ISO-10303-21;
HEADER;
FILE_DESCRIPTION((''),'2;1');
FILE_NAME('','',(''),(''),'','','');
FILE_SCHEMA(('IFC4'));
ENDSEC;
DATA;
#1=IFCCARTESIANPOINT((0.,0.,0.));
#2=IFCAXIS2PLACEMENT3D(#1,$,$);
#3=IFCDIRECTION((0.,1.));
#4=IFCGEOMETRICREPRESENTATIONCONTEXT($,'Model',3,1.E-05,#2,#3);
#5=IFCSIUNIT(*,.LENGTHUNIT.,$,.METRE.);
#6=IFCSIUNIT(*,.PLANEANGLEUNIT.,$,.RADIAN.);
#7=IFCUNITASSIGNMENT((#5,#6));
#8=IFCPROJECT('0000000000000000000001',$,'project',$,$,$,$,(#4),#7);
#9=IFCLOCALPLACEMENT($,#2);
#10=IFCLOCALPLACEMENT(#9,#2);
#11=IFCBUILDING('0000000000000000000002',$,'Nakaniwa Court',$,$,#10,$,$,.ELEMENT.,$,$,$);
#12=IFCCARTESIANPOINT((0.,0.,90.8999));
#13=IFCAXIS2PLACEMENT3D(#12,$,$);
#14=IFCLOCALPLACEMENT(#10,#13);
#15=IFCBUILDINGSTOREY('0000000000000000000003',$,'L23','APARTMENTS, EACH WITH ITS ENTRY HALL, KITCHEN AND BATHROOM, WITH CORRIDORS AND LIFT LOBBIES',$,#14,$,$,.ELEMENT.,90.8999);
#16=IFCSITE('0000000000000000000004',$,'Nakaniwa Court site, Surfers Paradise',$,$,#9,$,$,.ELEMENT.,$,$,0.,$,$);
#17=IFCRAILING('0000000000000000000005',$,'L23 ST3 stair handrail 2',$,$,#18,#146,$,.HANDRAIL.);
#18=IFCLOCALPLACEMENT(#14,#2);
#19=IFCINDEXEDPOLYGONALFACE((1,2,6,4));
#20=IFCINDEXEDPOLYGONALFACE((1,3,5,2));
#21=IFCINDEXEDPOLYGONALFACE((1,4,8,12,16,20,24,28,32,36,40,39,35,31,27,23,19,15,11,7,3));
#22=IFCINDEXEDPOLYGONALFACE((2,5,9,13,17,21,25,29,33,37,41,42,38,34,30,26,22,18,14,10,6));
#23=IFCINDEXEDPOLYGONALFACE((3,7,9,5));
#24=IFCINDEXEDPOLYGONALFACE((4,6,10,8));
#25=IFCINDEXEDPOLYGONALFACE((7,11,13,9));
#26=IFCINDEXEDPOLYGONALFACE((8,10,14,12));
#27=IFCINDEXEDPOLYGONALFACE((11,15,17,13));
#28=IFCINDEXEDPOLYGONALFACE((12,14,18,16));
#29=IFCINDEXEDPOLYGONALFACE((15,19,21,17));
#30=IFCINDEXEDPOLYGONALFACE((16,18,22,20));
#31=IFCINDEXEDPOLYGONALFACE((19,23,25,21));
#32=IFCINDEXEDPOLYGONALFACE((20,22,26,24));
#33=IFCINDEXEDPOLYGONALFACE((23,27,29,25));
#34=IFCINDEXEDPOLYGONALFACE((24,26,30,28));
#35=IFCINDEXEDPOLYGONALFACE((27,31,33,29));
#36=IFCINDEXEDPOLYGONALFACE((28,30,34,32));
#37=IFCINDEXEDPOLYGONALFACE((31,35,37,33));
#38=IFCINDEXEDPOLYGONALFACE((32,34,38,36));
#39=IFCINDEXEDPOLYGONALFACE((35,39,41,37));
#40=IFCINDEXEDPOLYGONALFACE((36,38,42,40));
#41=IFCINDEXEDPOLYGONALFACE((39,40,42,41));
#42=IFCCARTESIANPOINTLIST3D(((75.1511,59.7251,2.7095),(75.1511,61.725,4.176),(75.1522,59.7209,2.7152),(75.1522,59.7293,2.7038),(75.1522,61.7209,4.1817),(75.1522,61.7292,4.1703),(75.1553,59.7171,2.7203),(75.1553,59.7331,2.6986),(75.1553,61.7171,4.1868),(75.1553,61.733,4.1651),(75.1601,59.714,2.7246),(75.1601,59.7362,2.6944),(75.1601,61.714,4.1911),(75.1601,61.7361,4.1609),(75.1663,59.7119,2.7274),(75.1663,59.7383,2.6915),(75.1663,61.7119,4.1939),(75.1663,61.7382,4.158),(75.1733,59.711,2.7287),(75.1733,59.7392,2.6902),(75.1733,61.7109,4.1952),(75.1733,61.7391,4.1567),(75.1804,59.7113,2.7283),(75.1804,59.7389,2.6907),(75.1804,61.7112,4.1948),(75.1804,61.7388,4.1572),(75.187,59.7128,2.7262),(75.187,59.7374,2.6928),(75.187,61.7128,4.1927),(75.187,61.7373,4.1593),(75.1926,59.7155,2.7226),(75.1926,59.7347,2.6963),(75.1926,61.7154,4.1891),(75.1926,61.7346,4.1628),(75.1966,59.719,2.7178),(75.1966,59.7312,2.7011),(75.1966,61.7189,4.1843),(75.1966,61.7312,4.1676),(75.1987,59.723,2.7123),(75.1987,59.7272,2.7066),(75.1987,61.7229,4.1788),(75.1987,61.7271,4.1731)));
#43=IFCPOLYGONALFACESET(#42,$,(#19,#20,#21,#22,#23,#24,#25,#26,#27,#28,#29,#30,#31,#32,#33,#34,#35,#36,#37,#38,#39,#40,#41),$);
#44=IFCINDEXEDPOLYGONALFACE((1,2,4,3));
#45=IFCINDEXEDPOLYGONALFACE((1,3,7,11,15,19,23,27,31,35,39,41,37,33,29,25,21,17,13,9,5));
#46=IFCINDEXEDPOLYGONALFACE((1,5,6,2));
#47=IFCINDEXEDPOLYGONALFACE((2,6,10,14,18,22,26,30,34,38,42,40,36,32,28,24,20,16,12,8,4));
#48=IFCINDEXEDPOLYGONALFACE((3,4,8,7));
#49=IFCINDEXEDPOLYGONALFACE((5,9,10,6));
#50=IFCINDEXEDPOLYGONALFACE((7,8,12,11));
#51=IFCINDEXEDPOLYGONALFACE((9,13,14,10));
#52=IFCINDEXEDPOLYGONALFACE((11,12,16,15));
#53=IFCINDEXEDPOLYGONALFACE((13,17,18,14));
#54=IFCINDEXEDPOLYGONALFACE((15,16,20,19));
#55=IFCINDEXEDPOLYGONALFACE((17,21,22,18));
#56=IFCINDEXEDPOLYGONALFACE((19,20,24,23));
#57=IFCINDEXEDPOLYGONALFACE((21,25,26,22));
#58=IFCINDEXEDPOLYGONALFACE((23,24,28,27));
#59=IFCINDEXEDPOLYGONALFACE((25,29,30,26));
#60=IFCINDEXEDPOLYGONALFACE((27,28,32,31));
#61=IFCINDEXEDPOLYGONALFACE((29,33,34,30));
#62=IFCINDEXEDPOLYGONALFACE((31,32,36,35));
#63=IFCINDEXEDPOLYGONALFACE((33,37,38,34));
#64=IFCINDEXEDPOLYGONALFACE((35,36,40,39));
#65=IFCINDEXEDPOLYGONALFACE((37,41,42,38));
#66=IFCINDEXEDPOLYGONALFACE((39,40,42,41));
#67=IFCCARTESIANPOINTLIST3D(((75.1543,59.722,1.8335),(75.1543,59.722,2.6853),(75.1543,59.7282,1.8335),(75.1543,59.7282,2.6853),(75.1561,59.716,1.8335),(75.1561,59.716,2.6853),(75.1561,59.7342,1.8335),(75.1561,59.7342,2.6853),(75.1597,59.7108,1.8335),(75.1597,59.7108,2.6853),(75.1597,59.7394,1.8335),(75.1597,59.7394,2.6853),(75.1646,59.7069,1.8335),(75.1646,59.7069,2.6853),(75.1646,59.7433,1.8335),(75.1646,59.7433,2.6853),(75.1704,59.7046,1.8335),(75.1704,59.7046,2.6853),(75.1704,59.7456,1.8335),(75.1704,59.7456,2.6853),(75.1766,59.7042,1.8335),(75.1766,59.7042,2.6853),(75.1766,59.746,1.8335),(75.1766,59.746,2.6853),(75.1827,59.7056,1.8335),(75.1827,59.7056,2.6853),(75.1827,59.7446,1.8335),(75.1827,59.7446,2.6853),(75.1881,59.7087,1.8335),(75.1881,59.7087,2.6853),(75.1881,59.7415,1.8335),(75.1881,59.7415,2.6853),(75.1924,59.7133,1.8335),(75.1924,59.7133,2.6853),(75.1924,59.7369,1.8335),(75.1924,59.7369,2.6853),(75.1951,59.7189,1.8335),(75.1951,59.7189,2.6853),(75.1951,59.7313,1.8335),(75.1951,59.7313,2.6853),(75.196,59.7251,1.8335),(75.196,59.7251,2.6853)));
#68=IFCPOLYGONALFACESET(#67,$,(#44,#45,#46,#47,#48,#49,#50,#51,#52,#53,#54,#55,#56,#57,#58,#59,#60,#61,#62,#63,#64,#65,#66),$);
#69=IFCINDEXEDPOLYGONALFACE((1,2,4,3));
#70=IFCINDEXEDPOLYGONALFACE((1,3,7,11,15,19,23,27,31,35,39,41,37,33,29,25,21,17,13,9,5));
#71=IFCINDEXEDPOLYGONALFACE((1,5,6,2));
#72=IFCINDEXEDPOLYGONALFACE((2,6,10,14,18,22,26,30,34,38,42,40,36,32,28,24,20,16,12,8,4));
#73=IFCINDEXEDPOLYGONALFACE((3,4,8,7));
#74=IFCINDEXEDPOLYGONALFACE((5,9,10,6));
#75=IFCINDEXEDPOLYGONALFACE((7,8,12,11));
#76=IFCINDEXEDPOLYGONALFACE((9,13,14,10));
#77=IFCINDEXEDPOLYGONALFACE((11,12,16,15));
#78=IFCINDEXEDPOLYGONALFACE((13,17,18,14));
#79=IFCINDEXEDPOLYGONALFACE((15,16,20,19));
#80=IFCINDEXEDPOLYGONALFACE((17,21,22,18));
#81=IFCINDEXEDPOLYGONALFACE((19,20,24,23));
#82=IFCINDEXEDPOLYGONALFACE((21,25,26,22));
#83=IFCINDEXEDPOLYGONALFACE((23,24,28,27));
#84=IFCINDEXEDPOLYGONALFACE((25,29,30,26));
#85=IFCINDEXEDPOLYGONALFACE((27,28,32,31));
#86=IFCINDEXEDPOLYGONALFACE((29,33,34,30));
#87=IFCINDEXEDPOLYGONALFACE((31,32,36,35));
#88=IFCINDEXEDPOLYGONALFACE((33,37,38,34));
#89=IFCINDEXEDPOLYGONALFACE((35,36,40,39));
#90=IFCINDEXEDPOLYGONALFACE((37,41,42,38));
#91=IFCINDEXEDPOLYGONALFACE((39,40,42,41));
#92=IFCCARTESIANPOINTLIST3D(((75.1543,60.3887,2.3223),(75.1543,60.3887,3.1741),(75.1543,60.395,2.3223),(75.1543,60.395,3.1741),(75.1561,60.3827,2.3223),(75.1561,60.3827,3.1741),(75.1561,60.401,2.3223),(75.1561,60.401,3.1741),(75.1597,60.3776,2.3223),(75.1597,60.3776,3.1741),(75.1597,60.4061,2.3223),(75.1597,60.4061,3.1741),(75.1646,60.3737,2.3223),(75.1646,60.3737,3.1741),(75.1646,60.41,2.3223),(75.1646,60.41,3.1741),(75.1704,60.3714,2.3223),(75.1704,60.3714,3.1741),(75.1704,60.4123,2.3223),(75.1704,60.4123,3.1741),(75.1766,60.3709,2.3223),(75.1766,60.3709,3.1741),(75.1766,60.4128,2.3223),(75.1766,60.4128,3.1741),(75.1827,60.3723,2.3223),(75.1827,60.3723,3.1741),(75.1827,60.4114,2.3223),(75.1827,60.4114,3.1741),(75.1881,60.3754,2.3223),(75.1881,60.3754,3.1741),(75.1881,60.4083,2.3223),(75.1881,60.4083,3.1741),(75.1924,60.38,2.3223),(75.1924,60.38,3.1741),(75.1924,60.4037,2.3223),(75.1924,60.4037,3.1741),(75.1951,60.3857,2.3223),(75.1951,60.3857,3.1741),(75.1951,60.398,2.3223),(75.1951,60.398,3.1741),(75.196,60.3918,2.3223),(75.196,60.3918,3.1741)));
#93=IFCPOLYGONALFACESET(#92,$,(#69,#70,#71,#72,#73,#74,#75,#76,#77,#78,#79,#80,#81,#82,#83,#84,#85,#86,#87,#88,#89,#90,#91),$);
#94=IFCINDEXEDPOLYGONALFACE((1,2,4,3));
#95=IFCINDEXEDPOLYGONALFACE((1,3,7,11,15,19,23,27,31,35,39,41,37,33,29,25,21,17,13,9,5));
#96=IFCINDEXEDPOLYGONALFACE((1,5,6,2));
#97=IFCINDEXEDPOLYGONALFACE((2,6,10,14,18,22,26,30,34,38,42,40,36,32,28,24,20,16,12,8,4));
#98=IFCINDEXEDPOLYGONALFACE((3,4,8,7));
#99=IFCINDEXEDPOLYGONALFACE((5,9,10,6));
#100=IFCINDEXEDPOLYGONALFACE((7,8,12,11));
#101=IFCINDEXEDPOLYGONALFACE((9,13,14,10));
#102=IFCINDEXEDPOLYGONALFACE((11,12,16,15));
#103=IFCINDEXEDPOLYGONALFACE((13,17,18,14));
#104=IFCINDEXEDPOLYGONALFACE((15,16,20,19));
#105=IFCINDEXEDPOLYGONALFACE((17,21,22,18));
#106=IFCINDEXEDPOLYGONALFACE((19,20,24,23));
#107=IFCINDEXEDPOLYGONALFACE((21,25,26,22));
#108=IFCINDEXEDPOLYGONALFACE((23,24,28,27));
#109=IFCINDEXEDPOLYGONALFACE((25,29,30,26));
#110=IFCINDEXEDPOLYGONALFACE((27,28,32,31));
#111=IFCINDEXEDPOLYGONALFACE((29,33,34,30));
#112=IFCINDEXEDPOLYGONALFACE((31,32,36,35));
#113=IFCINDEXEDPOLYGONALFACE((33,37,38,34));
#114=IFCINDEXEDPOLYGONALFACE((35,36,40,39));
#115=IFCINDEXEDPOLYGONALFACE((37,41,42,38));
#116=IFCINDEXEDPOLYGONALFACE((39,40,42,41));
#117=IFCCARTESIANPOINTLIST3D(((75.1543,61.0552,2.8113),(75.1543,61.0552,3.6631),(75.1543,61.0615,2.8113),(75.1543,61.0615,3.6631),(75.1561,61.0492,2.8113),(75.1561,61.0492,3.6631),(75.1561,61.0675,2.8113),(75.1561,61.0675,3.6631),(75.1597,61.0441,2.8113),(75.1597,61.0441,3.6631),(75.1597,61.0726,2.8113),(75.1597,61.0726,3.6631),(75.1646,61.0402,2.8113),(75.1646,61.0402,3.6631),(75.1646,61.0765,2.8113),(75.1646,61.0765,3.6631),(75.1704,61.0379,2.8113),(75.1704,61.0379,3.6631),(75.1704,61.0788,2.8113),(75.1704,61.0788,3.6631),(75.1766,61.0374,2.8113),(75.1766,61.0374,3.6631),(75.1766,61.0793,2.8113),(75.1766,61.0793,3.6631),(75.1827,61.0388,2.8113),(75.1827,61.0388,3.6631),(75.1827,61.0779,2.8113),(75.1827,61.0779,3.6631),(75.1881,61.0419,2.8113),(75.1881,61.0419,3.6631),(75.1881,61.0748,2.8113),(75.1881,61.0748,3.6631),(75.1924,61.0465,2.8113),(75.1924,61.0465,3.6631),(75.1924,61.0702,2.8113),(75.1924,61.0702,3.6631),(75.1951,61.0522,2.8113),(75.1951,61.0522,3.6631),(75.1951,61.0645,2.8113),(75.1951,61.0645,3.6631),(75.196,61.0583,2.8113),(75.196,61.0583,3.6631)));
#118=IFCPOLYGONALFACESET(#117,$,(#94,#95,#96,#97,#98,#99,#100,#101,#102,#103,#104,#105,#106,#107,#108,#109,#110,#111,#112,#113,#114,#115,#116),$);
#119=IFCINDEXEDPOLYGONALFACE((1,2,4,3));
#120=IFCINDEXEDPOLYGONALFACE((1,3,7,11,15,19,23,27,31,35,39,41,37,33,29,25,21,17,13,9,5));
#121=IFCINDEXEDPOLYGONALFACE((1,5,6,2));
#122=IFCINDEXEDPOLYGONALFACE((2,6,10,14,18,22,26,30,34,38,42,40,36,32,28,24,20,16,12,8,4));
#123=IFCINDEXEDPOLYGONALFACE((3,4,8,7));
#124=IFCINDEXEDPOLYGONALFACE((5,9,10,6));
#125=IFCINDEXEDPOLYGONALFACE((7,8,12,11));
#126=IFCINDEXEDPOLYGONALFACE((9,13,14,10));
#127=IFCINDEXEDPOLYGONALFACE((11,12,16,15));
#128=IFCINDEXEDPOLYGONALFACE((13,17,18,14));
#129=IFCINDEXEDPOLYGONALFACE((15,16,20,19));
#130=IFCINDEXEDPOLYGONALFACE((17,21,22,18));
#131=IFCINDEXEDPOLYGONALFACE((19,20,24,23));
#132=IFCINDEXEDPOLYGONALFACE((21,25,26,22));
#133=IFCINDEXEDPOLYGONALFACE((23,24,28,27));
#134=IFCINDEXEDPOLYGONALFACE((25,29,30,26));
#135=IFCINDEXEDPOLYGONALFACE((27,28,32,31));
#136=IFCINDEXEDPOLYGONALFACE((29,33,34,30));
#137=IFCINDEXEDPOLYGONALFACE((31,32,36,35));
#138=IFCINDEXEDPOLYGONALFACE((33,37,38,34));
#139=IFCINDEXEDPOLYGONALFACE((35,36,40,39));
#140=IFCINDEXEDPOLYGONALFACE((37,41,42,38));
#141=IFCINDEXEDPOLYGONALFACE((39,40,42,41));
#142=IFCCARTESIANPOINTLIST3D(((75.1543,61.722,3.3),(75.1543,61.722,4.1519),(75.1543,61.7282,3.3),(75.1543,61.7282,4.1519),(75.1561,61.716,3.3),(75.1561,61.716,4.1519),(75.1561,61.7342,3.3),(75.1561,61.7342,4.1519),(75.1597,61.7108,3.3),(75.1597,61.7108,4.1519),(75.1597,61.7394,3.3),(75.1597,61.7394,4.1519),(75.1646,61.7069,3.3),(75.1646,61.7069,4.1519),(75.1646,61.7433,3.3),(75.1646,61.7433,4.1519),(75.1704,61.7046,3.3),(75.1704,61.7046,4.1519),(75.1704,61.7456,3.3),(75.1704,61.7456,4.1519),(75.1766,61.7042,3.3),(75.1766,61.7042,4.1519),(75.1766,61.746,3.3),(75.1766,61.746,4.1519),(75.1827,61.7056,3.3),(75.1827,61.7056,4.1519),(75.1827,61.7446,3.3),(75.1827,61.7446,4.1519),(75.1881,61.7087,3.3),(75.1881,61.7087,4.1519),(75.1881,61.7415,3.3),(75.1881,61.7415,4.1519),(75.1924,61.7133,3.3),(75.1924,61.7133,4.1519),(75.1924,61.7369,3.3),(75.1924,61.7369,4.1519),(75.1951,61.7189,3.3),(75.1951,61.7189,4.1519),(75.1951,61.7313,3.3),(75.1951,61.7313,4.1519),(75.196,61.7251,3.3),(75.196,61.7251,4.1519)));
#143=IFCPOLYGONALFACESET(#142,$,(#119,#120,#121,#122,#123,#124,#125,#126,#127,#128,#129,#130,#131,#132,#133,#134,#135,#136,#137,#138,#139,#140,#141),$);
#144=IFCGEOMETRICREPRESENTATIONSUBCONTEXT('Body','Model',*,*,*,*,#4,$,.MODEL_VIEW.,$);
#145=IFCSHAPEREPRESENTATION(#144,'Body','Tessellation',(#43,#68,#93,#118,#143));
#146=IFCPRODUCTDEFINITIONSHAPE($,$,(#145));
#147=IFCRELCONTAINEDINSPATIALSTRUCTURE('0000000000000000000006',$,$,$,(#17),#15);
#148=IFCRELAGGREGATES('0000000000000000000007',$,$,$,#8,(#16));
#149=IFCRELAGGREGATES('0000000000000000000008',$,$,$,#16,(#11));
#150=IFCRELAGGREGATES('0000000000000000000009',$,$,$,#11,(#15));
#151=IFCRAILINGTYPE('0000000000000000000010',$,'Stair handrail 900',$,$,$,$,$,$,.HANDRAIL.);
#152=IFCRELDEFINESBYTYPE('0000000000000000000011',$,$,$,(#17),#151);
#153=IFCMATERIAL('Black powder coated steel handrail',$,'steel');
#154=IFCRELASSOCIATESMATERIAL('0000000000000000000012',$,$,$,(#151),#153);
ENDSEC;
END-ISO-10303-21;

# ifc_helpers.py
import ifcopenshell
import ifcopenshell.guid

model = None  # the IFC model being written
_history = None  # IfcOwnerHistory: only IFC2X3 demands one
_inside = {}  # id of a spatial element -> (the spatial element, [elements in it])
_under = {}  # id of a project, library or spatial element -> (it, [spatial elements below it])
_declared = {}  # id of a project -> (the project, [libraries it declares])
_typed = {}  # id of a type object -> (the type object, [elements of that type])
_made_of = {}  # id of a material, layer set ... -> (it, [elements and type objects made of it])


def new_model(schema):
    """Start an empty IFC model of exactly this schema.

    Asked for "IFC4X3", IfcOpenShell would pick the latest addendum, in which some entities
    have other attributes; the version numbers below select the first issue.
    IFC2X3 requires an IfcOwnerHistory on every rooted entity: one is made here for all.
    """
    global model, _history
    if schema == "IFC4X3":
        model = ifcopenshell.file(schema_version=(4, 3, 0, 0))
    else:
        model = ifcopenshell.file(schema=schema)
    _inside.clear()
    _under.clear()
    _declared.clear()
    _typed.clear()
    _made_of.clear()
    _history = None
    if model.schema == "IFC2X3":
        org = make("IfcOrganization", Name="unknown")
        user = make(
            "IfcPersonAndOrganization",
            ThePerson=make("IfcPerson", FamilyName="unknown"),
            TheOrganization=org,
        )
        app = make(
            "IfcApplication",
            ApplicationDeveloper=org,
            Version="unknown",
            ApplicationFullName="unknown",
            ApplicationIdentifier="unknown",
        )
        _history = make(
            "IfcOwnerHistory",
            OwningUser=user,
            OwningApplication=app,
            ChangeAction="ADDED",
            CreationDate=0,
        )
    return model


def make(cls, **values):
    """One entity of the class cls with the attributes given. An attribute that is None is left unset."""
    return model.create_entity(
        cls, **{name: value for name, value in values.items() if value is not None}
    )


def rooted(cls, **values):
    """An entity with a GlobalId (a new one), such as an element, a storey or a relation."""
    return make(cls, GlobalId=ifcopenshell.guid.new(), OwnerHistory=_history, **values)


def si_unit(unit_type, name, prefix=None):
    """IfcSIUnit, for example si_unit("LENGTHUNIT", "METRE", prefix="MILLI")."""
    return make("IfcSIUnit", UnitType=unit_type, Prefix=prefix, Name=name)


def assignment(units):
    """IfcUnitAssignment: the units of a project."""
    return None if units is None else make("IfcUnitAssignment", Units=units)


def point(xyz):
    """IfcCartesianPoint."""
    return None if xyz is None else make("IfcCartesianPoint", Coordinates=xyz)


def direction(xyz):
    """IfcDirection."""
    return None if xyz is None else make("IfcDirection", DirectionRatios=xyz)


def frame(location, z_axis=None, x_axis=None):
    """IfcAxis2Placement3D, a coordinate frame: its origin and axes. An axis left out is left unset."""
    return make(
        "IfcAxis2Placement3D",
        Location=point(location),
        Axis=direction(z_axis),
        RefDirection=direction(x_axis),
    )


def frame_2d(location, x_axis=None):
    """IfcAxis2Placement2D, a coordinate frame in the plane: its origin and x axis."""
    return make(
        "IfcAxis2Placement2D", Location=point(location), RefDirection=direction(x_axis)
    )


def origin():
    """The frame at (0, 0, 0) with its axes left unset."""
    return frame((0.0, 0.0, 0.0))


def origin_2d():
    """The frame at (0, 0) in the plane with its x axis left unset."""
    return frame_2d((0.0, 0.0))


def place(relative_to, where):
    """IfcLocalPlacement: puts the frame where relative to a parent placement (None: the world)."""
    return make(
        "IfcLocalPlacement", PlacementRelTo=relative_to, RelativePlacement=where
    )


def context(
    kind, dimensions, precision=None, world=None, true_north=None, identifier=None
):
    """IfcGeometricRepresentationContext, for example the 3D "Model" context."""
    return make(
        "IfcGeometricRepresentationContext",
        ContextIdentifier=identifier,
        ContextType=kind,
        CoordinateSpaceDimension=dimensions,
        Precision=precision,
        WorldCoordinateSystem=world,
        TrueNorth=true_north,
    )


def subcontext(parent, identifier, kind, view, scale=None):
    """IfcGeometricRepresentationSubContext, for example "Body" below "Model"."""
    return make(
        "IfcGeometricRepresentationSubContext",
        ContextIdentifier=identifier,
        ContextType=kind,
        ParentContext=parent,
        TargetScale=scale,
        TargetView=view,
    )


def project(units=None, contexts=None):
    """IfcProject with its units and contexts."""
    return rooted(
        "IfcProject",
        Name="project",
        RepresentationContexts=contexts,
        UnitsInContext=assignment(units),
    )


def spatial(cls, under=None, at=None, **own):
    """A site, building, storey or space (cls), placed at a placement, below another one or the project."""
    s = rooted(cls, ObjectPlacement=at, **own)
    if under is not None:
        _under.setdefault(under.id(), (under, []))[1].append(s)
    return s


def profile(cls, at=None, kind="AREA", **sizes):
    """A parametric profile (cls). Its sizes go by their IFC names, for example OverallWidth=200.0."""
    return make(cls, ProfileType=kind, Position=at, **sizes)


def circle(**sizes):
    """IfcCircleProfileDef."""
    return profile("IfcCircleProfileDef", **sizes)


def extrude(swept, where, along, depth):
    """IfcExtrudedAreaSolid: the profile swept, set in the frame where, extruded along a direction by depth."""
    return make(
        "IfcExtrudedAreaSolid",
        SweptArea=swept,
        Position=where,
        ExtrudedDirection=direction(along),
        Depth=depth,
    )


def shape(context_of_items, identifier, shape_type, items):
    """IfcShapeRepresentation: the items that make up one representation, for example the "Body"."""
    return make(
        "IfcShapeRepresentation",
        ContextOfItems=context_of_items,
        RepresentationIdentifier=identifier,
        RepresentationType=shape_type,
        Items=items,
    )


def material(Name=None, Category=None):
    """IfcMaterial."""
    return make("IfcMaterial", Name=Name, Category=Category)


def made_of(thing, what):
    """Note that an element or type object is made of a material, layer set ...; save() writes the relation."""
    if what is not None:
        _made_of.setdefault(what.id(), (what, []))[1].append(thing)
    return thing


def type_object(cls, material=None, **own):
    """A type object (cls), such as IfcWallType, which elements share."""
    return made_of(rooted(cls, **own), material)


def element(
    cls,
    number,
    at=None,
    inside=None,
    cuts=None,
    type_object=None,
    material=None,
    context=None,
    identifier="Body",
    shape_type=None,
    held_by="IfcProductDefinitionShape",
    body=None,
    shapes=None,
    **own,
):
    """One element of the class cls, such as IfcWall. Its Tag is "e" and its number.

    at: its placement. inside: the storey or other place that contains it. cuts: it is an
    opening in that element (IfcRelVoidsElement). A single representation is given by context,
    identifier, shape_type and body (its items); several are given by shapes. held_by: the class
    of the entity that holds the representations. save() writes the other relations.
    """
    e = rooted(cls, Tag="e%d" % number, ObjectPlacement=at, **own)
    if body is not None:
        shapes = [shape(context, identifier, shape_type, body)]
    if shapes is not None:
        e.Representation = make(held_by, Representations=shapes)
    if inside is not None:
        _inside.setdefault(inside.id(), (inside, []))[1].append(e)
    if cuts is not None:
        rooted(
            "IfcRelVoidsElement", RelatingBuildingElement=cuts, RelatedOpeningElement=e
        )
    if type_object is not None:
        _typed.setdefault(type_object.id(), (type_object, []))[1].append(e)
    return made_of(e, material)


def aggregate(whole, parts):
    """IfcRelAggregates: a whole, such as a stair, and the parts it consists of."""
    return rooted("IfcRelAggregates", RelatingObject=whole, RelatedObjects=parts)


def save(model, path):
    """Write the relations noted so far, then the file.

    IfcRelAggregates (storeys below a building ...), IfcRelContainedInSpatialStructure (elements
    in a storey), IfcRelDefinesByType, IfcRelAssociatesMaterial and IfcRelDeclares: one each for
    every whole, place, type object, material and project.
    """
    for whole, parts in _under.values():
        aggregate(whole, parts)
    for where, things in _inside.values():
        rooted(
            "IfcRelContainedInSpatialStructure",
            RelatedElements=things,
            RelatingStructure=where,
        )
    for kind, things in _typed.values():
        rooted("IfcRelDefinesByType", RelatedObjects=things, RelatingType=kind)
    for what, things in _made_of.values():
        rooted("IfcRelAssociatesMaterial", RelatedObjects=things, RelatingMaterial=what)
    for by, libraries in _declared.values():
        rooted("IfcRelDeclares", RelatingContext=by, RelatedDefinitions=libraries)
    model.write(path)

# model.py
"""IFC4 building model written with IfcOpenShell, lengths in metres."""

from ifc_helpers import new_model, si_unit, direction, frame, origin, origin_2d, place, context, subcontext, project, spatial, circle, extrude, material, type_object, element, save


model = new_model("IFC4")

# Units and contexts
model_context = context("Model", 3, precision=1e-05, world=origin(), true_north=direction((0.0, 1.0)))
body_context = subcontext(model_context, "Body", "Model", "MODEL_VIEW")
ifc_project = project(units=[si_unit("LENGTHUNIT", "METRE"), si_unit("PLANEANGLEUNIT", "RADIAN")], contexts=[model_context])

# Site, building, storey
site_placement = place(None, origin())
site = spatial("IfcSite", under=ifc_project, at=site_placement, Name="Nakaniwa Court site, Surfers Paradise", CompositionType="ELEMENT", RefElevation=0.0)
building_placement = place(site_placement, origin())
building = spatial("IfcBuilding", under=site, at=building_placement, Name="Nakaniwa Court", CompositionType="ELEMENT")
storey_placement = place(building_placement, frame((0.0, 0.0, 90.8999)))
storey = spatial("IfcBuildingStorey", under=building, at=storey_placement, Name="L23", Description="APARTMENTS, EACH WITH ITS ENTRY HALL, KITCHEN AND BATHROOM, WITH CORRIDORS AND LIFT LOBBIES", CompositionType="ELEMENT", Elevation=90.8999)

# Railing
ifc_material_1 = material(Name="Black powder coated steel handrail", Category="steel")
railing_type_1 = type_object("IfcRailingType", Name="Stair handrail 900", PredefinedType="HANDRAIL", material=ifc_material_1)
railing_1_placement = place(storey_placement, frame((75.175, 59.7251, 1.8335)))
element("IfcRailing", 1, at=railing_1_placement, inside=storey, type_object=railing_type_1, Name="L23 ST3 stair handrail 2", PredefinedType="HANDRAIL", context=body_context, shape_type="SweptSolid", body=[
    extrude(circle(Radius=0.0239, at=origin_2d()), frame((0.0, 0.0, 0.876), z_axis=(0.0, 0.806427, 0.591334), x_axis=(-1.0, 0.0, 0.0)), (0.0, 0.0, 1.0), 2.48),
    extrude(circle(Radius=0.021, at=origin_2d()), origin(), (0.0, 0.0, 1.0), 0.8518),
    extrude(circle(Radius=0.021, at=origin_2d()), frame((0.0, 0.6667, 0.4888)), (0.0, 0.0, 1.0), 0.8518),
    extrude(circle(Radius=0.021, at=origin_2d()), frame((0.0, 1.3333, 0.9778)), (0.0, 0.0, 1.0), 0.8518),
    extrude(circle(Radius=0.021, at=origin_2d()), frame((0.0, 2.0, 1.4666)), (0.0, 0.0, 1.0), 0.8518),
])

save(model, "model.ifc")
